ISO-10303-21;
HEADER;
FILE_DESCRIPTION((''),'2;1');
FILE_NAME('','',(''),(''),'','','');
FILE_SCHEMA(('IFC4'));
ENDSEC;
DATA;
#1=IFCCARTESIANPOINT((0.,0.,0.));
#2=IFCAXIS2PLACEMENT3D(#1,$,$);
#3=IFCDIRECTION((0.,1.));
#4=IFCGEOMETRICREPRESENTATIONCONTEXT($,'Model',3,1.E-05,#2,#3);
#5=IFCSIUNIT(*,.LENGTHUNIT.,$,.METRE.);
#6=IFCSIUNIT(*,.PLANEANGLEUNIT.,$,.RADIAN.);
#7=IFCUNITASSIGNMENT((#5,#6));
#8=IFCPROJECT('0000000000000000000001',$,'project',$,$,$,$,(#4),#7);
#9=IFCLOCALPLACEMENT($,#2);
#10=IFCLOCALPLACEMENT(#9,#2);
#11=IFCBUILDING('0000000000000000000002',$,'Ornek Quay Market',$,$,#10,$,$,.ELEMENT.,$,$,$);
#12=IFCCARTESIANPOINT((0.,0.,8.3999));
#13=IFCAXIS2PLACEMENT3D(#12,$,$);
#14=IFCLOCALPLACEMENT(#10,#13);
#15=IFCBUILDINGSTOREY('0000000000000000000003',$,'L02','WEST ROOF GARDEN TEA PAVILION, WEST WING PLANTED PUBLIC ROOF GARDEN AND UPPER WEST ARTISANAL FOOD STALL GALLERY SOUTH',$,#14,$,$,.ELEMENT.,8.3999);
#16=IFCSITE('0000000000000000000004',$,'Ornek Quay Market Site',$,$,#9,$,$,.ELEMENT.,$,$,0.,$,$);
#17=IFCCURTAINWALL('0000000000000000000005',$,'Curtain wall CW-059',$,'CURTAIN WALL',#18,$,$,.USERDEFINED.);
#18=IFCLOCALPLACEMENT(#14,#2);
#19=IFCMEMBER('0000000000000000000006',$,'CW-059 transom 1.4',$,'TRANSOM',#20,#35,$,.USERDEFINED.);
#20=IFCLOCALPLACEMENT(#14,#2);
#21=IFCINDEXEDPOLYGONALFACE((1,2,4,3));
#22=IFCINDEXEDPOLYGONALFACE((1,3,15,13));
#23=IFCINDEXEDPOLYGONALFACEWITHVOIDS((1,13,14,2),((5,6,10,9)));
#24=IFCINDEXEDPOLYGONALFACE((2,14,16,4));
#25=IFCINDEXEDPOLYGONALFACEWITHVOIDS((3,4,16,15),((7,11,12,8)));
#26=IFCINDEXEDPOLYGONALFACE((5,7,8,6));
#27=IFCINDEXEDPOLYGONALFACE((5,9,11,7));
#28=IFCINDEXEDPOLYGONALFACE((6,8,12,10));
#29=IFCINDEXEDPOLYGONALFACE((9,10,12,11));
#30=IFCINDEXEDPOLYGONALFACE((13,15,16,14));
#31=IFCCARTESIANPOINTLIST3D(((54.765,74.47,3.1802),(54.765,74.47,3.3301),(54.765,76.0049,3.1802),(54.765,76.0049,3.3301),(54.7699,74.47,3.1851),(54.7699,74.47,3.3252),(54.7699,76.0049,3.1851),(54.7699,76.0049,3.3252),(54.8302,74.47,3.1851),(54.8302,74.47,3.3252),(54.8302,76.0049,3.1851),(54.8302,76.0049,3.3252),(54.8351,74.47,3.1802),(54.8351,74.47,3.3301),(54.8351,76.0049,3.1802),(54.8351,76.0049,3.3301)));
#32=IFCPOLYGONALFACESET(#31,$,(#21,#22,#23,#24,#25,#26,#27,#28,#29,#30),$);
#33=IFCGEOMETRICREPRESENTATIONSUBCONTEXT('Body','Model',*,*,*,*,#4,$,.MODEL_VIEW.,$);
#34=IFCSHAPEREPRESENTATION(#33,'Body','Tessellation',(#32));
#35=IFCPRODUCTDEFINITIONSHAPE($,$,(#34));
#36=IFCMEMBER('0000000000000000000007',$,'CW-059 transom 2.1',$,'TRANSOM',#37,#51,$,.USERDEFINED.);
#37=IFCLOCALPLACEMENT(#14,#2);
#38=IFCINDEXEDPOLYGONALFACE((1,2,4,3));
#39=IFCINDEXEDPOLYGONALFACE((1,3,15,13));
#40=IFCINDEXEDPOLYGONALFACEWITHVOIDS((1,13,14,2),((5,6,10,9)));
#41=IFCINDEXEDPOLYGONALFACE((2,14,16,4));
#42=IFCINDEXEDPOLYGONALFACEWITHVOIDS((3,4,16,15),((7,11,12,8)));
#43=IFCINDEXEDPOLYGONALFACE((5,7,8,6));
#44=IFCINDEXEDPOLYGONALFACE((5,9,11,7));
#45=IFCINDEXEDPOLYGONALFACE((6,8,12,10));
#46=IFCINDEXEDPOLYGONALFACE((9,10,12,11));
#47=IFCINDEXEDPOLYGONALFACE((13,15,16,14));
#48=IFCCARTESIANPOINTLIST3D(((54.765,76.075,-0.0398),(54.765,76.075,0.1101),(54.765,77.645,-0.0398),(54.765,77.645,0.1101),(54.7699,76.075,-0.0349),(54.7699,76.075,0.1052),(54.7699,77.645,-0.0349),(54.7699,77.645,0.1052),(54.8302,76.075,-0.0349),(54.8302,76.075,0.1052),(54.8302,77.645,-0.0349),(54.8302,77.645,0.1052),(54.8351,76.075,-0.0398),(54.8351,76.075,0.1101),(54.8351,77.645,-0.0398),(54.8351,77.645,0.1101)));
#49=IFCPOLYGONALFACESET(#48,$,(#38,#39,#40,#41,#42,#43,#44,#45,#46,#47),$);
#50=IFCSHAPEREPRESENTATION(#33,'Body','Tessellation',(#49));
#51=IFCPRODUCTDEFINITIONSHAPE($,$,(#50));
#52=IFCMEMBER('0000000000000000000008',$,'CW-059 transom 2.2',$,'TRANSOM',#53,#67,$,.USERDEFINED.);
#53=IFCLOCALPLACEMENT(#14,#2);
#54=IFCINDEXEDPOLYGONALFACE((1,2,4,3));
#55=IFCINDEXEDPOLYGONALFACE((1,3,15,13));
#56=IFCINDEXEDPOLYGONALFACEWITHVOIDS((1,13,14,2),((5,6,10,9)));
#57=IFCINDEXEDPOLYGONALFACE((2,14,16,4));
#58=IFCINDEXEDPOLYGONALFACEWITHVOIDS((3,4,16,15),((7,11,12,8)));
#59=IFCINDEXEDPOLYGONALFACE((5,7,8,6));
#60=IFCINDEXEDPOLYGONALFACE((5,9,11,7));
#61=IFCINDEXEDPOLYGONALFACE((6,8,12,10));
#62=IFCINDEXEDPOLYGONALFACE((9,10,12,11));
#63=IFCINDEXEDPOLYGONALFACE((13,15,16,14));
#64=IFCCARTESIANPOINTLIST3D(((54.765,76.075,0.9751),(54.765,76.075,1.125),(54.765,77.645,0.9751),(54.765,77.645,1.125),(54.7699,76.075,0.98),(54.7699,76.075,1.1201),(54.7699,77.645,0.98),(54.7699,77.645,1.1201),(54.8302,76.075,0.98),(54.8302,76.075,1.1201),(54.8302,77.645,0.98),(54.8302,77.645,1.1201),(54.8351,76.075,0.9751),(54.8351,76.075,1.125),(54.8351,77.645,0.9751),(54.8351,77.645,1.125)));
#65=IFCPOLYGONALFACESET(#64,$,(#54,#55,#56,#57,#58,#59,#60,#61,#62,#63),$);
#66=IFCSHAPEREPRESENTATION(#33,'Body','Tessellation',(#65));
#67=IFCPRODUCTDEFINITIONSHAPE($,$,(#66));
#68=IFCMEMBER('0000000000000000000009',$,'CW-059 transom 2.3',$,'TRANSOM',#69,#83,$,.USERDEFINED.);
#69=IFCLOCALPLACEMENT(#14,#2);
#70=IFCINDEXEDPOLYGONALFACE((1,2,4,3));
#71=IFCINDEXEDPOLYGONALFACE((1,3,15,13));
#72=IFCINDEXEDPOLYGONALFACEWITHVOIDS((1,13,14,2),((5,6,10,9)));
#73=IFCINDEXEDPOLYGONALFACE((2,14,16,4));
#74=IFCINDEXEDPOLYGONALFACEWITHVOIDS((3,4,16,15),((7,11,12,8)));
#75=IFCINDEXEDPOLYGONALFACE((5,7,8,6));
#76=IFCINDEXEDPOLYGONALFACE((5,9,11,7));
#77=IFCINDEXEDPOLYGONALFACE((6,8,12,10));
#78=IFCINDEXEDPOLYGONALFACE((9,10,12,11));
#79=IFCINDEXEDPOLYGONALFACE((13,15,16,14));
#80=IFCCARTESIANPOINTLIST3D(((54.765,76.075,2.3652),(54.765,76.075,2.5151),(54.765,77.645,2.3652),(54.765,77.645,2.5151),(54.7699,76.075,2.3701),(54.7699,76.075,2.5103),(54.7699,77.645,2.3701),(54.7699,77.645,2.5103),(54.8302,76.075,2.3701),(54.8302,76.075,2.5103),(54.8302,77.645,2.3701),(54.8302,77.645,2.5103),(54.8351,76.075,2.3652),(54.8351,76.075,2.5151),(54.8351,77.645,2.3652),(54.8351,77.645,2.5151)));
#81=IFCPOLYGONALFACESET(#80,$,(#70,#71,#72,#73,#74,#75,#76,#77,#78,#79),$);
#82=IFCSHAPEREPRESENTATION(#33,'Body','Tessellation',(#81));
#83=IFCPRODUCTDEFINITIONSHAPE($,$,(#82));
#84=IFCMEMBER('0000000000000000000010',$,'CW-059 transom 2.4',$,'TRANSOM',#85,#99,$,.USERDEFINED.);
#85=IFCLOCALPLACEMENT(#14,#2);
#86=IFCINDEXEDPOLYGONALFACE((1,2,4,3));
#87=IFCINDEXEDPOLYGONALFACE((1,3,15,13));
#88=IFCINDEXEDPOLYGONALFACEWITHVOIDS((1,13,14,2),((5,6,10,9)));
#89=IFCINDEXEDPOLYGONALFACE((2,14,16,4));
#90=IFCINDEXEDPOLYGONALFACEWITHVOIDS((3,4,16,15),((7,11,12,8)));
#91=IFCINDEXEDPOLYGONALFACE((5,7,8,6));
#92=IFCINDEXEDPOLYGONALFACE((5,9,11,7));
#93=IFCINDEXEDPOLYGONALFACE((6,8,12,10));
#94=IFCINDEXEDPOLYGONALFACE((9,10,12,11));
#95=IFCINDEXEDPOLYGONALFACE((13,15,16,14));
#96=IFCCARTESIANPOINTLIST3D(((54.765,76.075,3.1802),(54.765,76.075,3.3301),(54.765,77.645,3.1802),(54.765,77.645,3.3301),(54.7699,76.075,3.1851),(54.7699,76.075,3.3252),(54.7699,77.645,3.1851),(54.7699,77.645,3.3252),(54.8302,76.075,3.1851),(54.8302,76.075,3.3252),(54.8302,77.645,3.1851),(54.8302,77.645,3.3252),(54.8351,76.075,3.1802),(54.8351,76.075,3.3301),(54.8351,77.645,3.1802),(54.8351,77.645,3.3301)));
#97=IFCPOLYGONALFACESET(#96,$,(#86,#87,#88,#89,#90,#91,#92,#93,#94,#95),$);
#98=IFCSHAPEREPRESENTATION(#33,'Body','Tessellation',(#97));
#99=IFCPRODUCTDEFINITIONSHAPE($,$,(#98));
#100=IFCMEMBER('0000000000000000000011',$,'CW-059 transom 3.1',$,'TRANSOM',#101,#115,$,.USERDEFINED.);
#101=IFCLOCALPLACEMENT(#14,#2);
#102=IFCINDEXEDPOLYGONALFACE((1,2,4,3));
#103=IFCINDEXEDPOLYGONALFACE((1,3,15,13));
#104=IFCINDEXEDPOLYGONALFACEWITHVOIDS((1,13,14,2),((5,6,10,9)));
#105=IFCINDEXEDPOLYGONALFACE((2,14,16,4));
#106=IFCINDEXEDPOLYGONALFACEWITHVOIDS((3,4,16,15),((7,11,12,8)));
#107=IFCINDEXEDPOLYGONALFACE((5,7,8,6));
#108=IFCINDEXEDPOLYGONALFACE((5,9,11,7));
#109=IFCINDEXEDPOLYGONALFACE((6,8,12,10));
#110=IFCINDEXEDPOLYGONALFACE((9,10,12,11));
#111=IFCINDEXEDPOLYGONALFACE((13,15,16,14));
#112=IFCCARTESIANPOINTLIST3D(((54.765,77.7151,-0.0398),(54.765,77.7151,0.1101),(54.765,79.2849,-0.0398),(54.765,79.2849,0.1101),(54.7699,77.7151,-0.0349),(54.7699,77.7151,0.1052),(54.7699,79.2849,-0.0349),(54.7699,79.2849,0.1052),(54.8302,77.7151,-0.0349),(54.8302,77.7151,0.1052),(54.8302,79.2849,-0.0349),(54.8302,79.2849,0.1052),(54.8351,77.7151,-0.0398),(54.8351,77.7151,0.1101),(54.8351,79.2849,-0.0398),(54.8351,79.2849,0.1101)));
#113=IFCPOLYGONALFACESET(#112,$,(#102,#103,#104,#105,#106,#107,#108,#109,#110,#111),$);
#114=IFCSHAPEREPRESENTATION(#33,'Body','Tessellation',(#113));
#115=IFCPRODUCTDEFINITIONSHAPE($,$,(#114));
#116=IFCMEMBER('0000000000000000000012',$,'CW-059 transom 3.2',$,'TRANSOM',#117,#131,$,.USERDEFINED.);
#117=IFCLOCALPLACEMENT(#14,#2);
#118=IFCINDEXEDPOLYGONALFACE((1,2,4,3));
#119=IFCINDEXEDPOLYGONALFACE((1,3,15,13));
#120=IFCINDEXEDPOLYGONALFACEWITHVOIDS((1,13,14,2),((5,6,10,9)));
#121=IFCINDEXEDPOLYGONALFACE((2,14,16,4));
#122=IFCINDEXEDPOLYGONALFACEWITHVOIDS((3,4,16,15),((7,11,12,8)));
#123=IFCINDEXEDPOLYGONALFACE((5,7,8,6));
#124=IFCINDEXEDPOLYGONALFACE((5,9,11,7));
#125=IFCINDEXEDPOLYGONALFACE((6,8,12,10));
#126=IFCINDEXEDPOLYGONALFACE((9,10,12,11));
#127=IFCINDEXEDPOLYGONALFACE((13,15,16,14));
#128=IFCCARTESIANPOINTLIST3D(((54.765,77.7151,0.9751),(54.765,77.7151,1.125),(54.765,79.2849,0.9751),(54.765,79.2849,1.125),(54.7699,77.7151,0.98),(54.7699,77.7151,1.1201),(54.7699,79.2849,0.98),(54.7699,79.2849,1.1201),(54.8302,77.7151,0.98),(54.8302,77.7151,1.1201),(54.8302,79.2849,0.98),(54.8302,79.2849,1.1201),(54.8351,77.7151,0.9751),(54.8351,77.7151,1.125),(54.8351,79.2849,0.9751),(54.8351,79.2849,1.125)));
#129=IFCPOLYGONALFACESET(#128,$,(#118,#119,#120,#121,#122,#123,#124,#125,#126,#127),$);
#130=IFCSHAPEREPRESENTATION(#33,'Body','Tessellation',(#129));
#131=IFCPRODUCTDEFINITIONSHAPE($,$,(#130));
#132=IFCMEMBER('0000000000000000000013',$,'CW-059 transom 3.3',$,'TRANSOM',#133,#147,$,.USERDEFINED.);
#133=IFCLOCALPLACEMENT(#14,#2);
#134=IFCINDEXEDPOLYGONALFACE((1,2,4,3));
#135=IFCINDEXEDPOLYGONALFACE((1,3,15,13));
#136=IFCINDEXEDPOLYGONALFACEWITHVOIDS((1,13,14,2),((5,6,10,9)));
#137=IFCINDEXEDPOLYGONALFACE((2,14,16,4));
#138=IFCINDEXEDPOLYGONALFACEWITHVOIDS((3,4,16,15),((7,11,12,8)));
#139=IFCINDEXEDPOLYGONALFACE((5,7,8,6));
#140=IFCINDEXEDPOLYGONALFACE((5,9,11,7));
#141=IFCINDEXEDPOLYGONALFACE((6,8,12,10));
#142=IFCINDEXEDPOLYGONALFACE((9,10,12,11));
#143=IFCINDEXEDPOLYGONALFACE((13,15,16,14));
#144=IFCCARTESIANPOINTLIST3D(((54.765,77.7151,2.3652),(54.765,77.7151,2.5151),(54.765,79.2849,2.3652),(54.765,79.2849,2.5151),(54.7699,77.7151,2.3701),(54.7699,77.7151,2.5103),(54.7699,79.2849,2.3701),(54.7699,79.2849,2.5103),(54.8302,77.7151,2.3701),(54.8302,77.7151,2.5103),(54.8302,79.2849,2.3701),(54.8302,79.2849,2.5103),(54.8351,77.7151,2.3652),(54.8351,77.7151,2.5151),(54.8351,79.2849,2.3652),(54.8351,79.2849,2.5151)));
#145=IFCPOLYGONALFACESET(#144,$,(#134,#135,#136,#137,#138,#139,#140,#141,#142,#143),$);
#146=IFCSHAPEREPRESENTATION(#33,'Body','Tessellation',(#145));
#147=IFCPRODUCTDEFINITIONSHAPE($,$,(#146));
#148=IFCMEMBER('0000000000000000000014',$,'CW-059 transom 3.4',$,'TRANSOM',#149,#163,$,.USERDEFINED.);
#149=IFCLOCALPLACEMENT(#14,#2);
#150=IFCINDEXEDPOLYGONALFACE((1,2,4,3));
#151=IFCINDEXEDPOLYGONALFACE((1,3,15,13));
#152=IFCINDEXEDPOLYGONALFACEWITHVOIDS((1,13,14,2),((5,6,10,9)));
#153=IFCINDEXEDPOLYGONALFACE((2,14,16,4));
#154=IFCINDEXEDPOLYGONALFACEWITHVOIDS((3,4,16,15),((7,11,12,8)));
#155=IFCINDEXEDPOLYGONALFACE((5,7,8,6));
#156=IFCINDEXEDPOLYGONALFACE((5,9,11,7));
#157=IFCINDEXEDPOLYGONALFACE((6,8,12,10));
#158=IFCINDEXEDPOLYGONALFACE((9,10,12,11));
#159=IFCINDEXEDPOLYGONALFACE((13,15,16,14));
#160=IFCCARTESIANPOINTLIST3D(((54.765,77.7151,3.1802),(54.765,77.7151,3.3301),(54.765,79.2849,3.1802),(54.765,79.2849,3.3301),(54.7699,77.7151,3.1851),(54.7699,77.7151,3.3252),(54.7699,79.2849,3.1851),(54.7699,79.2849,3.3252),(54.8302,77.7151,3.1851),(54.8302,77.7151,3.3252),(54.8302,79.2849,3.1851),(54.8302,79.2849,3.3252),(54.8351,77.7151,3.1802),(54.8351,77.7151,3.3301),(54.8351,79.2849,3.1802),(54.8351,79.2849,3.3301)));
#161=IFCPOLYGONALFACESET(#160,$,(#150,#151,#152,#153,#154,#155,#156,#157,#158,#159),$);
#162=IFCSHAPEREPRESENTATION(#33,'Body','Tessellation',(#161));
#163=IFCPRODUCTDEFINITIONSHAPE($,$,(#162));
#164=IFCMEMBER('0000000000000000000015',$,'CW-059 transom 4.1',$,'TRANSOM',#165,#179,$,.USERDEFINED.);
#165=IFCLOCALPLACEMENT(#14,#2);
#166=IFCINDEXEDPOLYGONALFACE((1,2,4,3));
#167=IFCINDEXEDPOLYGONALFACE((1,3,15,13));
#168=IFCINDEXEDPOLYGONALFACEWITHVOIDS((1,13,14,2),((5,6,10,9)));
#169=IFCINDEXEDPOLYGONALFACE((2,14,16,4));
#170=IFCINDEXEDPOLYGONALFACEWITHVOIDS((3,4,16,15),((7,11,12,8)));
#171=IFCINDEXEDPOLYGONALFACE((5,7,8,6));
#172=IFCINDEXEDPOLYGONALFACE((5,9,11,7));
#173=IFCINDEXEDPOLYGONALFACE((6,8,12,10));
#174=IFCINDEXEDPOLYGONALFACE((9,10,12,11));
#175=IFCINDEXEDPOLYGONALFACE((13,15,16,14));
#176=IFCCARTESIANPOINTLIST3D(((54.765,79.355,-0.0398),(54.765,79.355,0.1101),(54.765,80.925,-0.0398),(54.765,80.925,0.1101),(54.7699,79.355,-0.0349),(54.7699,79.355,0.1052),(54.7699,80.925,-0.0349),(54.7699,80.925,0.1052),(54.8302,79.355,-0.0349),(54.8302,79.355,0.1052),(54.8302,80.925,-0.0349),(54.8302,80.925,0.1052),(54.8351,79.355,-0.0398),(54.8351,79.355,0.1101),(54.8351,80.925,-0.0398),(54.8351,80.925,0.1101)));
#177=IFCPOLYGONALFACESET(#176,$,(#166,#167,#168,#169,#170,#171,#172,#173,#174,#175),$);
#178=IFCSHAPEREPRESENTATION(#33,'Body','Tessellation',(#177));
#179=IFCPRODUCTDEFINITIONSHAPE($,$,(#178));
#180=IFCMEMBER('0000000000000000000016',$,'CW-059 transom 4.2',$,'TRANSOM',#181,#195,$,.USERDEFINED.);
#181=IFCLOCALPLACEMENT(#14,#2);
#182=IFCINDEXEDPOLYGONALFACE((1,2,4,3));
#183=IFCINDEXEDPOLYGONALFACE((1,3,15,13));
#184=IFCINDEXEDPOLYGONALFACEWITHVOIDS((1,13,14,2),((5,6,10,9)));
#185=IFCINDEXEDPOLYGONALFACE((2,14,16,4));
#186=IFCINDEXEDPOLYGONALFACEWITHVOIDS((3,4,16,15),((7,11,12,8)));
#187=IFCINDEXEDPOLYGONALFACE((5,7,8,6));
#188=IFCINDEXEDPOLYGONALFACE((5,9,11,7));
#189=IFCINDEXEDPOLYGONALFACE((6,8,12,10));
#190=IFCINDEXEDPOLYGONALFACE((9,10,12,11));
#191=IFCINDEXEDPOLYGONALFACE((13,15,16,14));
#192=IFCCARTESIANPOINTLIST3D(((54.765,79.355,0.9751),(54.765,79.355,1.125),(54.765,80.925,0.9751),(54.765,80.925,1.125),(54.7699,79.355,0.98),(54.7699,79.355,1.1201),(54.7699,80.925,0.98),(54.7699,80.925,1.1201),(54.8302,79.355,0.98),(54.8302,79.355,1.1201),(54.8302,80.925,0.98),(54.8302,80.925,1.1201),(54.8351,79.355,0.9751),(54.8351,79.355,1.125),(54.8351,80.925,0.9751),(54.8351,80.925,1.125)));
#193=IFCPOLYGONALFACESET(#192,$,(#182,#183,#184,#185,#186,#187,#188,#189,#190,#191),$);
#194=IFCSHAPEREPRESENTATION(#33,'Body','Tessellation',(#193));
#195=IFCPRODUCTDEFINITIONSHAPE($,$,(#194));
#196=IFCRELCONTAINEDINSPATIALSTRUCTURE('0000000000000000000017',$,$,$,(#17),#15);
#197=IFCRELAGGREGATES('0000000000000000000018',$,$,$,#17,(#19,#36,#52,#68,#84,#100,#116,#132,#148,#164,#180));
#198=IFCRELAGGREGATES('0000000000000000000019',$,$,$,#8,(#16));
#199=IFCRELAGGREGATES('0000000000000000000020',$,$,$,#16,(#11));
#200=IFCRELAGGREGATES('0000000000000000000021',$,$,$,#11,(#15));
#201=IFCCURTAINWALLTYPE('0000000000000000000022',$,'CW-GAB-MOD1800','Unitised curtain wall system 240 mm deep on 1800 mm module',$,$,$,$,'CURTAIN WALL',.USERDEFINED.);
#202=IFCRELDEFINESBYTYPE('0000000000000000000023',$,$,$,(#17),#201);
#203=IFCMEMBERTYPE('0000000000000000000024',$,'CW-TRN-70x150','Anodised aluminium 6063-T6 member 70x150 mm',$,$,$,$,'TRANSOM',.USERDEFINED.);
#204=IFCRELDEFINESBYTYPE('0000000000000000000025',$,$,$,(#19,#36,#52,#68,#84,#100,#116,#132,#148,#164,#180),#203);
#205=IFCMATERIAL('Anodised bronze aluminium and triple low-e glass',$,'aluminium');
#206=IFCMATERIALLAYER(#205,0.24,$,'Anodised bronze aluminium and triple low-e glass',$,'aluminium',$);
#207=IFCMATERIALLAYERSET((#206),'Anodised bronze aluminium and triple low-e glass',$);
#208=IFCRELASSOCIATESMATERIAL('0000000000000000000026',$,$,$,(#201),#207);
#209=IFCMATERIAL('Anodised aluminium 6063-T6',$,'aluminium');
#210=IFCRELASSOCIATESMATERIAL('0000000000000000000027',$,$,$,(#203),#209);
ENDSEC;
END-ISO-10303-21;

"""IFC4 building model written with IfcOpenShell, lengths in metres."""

from ifc_helpers import new_model, si_unit, direction, frame, origin, origin_2d, place, context, subcontext, project, spatial, hollow_rectangle, extrude, material, layer, layer_set, material_profile, profile_set, type_object, element, aggregate, save


model = new_model("IFC4")

# Units and contexts
model_context = context("Model", 3, precision=1e-05, world=origin(), true_north=direction((0.0, 1.0)))
body_context = subcontext(model_context, "Body", "Model", "MODEL_VIEW")
ifc_project = project(units=[si_unit("LENGTHUNIT", "METRE"), si_unit("PLANEANGLEUNIT", "RADIAN")], contexts=[model_context])

# Site, building, storey
site_placement = place(None, origin())
site = spatial("IfcSite", under=ifc_project, at=site_placement, Name="Ornek Quay Market Site", CompositionType="ELEMENT", RefElevation=0.0)
building_placement = place(site_placement, origin())
building = spatial("IfcBuilding", under=site, at=building_placement, Name="Ornek Quay Market", CompositionType="ELEMENT")
storey_placement = place(building_placement, frame((0.0, 0.0, 8.3999)))
storey = spatial("IfcBuildingStorey", under=building, at=storey_placement, Name="L02", Description="WEST ROOF GARDEN TEA PAVILION, WEST WING PLANTED PUBLIC ROOF GARDEN AND UPPER WEST ARTISANAL FOOD STALL GALLERY SOUTH", CompositionType="ELEMENT", Elevation=8.3999)

# Curtain wall, members
ifc_material_1 = material(Name="Anodised bronze aluminium and triple low-e glass", Category="aluminium")
ifc_layer_1 = layer(ifc_material_1, 0.24, Name="Anodised bronze aluminium and triple low-e glass", Category="aluminium")
ifc_layer_set_1 = layer_set([ifc_layer_1], Name="Anodised bronze aluminium and triple low-e glass")
curtain_wall_type = type_object("IfcCurtainWallType", Name="CW-GAB-MOD1800", Description="Unitised curtain wall system 240 mm deep on 1800 mm module", ElementType="CURTAIN WALL", PredefinedType="USERDEFINED", material=ifc_layer_set_1)
curtain_wall_placement = place(storey_placement, origin())
curtain_wall = element("IfcCurtainWall", 1, at=curtain_wall_placement, inside=storey, type_object=curtain_wall_type, Name="Curtain wall CW-059", ObjectType="CURTAIN WALL", PredefinedType="USERDEFINED")
ifc_material_2 = material(Name="Anodised aluminium 6063-T6", Category="aluminium")
ifc_material_profile_1 = material_profile(ifc_material_2, hollow_rectangle(XDim=0.0701, YDim=0.1499, WallThickness=0.0049, at=origin_2d()), Name="CW-TRN-70x150", Category="aluminium")
ifc_profile_set_1 = profile_set([ifc_material_profile_1], Name="Anodised aluminium 6063-T6")
member_type_1 = type_object("IfcMemberType", Name="CW-TRN-70x150", Description="Anodised aluminium 6063-T6 member 70x150 mm", ElementType="TRANSOM", PredefinedType="USERDEFINED", material=ifc_profile_set_1)
member_1_placement = place(storey_placement, frame((54.8, 74.47, 3.2551), z_axis=(0.0, 1.0, 0.0), x_axis=(-1.0, 0.0, 0.0)))
member_1 = element("IfcMember", 2, at=member_1_placement, type_object=member_type_1, Name="CW-059 transom 1.4", ObjectType="TRANSOM", PredefinedType="USERDEFINED", context=body_context, shape_type="SweptSolid", body=[
    extrude(hollow_rectangle(XDim=0.0701, YDim=0.1499, WallThickness=0.0049, at=origin_2d()), origin(), (0.0, 0.0, 1.0), 1.5349),
])
member_2_placement = place(storey_placement, frame((54.8, 76.075, 0.0352), z_axis=(0.0, 1.0, 0.0), x_axis=(-1.0, 0.0, 0.0)))
member_2 = element("IfcMember", 3, at=member_2_placement, type_object=member_type_1, Name="CW-059 transom 2.1", ObjectType="TRANSOM", PredefinedType="USERDEFINED", context=body_context, shape_type="SweptSolid", body=[
    extrude(hollow_rectangle(XDim=0.0701, YDim=0.1499, WallThickness=0.0049, at=origin_2d()), origin(), (0.0, 0.0, 1.0), 1.5701),
])
member_3_placement = place(storey_placement, frame((54.8, 76.075, 1.05), z_axis=(0.0, 1.0, 0.0), x_axis=(-1.0, 0.0, 0.0)))
member_3 = element("IfcMember", 4, at=member_3_placement, type_object=member_type_1, Name="CW-059 transom 2.2", ObjectType="TRANSOM", PredefinedType="USERDEFINED", context=body_context, shape_type="SweptSolid", body=[
    extrude(hollow_rectangle(XDim=0.0701, YDim=0.1499, WallThickness=0.0049, at=origin_2d()), origin(), (0.0, 0.0, 1.0), 1.5701),
])
member_4_placement = place(storey_placement, frame((54.8, 76.075, 2.4402), z_axis=(0.0, 1.0, 0.0), x_axis=(-1.0, 0.0, 0.0)))
member_4 = element("IfcMember", 5, at=member_4_placement, type_object=member_type_1, Name="CW-059 transom 2.3", ObjectType="TRANSOM", PredefinedType="USERDEFINED", context=body_context, shape_type="SweptSolid", body=[
    extrude(hollow_rectangle(XDim=0.0701, YDim=0.1499, WallThickness=0.0049, at=origin_2d()), origin(), (0.0, 0.0, 1.0), 1.5701),
])
member_5_placement = place(storey_placement, frame((54.8, 76.075, 3.2551), z_axis=(0.0, 1.0, 0.0), x_axis=(-1.0, 0.0, 0.0)))
member_5 = element("IfcMember", 6, at=member_5_placement, type_object=member_type_1, Name="CW-059 transom 2.4", ObjectType="TRANSOM", PredefinedType="USERDEFINED", context=body_context, shape_type="SweptSolid", body=[
    extrude(hollow_rectangle(XDim=0.0701, YDim=0.1499, WallThickness=0.0049, at=origin_2d()), origin(), (0.0, 0.0, 1.0), 1.5701),
])
member_6_placement = place(storey_placement, frame((54.8, 77.7151, 0.0352), z_axis=(0.0, 1.0, 0.0), x_axis=(-1.0, 0.0, 0.0)))
member_6 = element("IfcMember", 7, at=member_6_placement, type_object=member_type_1, Name="CW-059 transom 3.1", ObjectType="TRANSOM", PredefinedType="USERDEFINED", context=body_context, shape_type="SweptSolid", body=[
    extrude(hollow_rectangle(XDim=0.0701, YDim=0.1499, WallThickness=0.0049, at=origin_2d()), origin(), (0.0, 0.0, 1.0), 1.5698),
])
member_7_placement = place(storey_placement, frame((54.8, 77.7151, 1.05), z_axis=(0.0, 1.0, 0.0), x_axis=(-1.0, 0.0, 0.0)))
member_7 = element("IfcMember", 8, at=member_7_placement, type_object=member_type_1, Name="CW-059 transom 3.2", ObjectType="TRANSOM", PredefinedType="USERDEFINED", context=body_context, shape_type="SweptSolid", body=[
    extrude(hollow_rectangle(XDim=0.0701, YDim=0.1499, WallThickness=0.0049, at=origin_2d()), origin(), (0.0, 0.0, 1.0), 1.5698),
])
member_8_placement = place(storey_placement, frame((54.8, 77.7151, 2.4402), z_axis=(0.0, 1.0, 0.0), x_axis=(-1.0, 0.0, 0.0)))
member_8 = element("IfcMember", 9, at=member_8_placement, type_object=member_type_1, Name="CW-059 transom 3.3", ObjectType="TRANSOM", PredefinedType="USERDEFINED", context=body_context, shape_type="SweptSolid", body=[
    extrude(hollow_rectangle(XDim=0.0701, YDim=0.1499, WallThickness=0.0049, at=origin_2d()), origin(), (0.0, 0.0, 1.0), 1.5698),
])
member_9_placement = place(storey_placement, frame((54.8, 77.7151, 3.2551), z_axis=(0.0, 1.0, 0.0), x_axis=(-1.0, 0.0, 0.0)))
member_9 = element("IfcMember", 10, at=member_9_placement, type_object=member_type_1, Name="CW-059 transom 3.4", ObjectType="TRANSOM", PredefinedType="USERDEFINED", context=body_context, shape_type="SweptSolid", body=[
    extrude(hollow_rectangle(XDim=0.0701, YDim=0.1499, WallThickness=0.0049, at=origin_2d()), origin(), (0.0, 0.0, 1.0), 1.5698),
])
member_10_placement = place(storey_placement, frame((54.8, 79.355, 0.0352), z_axis=(0.0, 1.0, 0.0), x_axis=(-1.0, 0.0, 0.0)))
member_10 = element("IfcMember", 11, at=member_10_placement, type_object=member_type_1, Name="CW-059 transom 4.1", ObjectType="TRANSOM", PredefinedType="USERDEFINED", context=body_context, shape_type="SweptSolid", body=[
    extrude(hollow_rectangle(XDim=0.0701, YDim=0.1499, WallThickness=0.0049, at=origin_2d()), origin(), (0.0, 0.0, 1.0), 1.5701),
])
member_11_placement = place(storey_placement, frame((54.8, 79.355, 1.05), z_axis=(0.0, 1.0, 0.0), x_axis=(-1.0, 0.0, 0.0)))
member_11 = element("IfcMember", 12, at=member_11_placement, type_object=member_type_1, Name="CW-059 transom 4.2", ObjectType="TRANSOM", PredefinedType="USERDEFINED", context=body_context, shape_type="SweptSolid", body=[
    extrude(hollow_rectangle(XDim=0.0701, YDim=0.1499, WallThickness=0.0049, at=origin_2d()), origin(), (0.0, 0.0, 1.0), 1.5701),
])
aggregate(curtain_wall, [member_1, member_2, member_3, member_4, member_5, member_6, member_7, member_8, member_9, member_10, member_11])

save(model, "model.ifc")
